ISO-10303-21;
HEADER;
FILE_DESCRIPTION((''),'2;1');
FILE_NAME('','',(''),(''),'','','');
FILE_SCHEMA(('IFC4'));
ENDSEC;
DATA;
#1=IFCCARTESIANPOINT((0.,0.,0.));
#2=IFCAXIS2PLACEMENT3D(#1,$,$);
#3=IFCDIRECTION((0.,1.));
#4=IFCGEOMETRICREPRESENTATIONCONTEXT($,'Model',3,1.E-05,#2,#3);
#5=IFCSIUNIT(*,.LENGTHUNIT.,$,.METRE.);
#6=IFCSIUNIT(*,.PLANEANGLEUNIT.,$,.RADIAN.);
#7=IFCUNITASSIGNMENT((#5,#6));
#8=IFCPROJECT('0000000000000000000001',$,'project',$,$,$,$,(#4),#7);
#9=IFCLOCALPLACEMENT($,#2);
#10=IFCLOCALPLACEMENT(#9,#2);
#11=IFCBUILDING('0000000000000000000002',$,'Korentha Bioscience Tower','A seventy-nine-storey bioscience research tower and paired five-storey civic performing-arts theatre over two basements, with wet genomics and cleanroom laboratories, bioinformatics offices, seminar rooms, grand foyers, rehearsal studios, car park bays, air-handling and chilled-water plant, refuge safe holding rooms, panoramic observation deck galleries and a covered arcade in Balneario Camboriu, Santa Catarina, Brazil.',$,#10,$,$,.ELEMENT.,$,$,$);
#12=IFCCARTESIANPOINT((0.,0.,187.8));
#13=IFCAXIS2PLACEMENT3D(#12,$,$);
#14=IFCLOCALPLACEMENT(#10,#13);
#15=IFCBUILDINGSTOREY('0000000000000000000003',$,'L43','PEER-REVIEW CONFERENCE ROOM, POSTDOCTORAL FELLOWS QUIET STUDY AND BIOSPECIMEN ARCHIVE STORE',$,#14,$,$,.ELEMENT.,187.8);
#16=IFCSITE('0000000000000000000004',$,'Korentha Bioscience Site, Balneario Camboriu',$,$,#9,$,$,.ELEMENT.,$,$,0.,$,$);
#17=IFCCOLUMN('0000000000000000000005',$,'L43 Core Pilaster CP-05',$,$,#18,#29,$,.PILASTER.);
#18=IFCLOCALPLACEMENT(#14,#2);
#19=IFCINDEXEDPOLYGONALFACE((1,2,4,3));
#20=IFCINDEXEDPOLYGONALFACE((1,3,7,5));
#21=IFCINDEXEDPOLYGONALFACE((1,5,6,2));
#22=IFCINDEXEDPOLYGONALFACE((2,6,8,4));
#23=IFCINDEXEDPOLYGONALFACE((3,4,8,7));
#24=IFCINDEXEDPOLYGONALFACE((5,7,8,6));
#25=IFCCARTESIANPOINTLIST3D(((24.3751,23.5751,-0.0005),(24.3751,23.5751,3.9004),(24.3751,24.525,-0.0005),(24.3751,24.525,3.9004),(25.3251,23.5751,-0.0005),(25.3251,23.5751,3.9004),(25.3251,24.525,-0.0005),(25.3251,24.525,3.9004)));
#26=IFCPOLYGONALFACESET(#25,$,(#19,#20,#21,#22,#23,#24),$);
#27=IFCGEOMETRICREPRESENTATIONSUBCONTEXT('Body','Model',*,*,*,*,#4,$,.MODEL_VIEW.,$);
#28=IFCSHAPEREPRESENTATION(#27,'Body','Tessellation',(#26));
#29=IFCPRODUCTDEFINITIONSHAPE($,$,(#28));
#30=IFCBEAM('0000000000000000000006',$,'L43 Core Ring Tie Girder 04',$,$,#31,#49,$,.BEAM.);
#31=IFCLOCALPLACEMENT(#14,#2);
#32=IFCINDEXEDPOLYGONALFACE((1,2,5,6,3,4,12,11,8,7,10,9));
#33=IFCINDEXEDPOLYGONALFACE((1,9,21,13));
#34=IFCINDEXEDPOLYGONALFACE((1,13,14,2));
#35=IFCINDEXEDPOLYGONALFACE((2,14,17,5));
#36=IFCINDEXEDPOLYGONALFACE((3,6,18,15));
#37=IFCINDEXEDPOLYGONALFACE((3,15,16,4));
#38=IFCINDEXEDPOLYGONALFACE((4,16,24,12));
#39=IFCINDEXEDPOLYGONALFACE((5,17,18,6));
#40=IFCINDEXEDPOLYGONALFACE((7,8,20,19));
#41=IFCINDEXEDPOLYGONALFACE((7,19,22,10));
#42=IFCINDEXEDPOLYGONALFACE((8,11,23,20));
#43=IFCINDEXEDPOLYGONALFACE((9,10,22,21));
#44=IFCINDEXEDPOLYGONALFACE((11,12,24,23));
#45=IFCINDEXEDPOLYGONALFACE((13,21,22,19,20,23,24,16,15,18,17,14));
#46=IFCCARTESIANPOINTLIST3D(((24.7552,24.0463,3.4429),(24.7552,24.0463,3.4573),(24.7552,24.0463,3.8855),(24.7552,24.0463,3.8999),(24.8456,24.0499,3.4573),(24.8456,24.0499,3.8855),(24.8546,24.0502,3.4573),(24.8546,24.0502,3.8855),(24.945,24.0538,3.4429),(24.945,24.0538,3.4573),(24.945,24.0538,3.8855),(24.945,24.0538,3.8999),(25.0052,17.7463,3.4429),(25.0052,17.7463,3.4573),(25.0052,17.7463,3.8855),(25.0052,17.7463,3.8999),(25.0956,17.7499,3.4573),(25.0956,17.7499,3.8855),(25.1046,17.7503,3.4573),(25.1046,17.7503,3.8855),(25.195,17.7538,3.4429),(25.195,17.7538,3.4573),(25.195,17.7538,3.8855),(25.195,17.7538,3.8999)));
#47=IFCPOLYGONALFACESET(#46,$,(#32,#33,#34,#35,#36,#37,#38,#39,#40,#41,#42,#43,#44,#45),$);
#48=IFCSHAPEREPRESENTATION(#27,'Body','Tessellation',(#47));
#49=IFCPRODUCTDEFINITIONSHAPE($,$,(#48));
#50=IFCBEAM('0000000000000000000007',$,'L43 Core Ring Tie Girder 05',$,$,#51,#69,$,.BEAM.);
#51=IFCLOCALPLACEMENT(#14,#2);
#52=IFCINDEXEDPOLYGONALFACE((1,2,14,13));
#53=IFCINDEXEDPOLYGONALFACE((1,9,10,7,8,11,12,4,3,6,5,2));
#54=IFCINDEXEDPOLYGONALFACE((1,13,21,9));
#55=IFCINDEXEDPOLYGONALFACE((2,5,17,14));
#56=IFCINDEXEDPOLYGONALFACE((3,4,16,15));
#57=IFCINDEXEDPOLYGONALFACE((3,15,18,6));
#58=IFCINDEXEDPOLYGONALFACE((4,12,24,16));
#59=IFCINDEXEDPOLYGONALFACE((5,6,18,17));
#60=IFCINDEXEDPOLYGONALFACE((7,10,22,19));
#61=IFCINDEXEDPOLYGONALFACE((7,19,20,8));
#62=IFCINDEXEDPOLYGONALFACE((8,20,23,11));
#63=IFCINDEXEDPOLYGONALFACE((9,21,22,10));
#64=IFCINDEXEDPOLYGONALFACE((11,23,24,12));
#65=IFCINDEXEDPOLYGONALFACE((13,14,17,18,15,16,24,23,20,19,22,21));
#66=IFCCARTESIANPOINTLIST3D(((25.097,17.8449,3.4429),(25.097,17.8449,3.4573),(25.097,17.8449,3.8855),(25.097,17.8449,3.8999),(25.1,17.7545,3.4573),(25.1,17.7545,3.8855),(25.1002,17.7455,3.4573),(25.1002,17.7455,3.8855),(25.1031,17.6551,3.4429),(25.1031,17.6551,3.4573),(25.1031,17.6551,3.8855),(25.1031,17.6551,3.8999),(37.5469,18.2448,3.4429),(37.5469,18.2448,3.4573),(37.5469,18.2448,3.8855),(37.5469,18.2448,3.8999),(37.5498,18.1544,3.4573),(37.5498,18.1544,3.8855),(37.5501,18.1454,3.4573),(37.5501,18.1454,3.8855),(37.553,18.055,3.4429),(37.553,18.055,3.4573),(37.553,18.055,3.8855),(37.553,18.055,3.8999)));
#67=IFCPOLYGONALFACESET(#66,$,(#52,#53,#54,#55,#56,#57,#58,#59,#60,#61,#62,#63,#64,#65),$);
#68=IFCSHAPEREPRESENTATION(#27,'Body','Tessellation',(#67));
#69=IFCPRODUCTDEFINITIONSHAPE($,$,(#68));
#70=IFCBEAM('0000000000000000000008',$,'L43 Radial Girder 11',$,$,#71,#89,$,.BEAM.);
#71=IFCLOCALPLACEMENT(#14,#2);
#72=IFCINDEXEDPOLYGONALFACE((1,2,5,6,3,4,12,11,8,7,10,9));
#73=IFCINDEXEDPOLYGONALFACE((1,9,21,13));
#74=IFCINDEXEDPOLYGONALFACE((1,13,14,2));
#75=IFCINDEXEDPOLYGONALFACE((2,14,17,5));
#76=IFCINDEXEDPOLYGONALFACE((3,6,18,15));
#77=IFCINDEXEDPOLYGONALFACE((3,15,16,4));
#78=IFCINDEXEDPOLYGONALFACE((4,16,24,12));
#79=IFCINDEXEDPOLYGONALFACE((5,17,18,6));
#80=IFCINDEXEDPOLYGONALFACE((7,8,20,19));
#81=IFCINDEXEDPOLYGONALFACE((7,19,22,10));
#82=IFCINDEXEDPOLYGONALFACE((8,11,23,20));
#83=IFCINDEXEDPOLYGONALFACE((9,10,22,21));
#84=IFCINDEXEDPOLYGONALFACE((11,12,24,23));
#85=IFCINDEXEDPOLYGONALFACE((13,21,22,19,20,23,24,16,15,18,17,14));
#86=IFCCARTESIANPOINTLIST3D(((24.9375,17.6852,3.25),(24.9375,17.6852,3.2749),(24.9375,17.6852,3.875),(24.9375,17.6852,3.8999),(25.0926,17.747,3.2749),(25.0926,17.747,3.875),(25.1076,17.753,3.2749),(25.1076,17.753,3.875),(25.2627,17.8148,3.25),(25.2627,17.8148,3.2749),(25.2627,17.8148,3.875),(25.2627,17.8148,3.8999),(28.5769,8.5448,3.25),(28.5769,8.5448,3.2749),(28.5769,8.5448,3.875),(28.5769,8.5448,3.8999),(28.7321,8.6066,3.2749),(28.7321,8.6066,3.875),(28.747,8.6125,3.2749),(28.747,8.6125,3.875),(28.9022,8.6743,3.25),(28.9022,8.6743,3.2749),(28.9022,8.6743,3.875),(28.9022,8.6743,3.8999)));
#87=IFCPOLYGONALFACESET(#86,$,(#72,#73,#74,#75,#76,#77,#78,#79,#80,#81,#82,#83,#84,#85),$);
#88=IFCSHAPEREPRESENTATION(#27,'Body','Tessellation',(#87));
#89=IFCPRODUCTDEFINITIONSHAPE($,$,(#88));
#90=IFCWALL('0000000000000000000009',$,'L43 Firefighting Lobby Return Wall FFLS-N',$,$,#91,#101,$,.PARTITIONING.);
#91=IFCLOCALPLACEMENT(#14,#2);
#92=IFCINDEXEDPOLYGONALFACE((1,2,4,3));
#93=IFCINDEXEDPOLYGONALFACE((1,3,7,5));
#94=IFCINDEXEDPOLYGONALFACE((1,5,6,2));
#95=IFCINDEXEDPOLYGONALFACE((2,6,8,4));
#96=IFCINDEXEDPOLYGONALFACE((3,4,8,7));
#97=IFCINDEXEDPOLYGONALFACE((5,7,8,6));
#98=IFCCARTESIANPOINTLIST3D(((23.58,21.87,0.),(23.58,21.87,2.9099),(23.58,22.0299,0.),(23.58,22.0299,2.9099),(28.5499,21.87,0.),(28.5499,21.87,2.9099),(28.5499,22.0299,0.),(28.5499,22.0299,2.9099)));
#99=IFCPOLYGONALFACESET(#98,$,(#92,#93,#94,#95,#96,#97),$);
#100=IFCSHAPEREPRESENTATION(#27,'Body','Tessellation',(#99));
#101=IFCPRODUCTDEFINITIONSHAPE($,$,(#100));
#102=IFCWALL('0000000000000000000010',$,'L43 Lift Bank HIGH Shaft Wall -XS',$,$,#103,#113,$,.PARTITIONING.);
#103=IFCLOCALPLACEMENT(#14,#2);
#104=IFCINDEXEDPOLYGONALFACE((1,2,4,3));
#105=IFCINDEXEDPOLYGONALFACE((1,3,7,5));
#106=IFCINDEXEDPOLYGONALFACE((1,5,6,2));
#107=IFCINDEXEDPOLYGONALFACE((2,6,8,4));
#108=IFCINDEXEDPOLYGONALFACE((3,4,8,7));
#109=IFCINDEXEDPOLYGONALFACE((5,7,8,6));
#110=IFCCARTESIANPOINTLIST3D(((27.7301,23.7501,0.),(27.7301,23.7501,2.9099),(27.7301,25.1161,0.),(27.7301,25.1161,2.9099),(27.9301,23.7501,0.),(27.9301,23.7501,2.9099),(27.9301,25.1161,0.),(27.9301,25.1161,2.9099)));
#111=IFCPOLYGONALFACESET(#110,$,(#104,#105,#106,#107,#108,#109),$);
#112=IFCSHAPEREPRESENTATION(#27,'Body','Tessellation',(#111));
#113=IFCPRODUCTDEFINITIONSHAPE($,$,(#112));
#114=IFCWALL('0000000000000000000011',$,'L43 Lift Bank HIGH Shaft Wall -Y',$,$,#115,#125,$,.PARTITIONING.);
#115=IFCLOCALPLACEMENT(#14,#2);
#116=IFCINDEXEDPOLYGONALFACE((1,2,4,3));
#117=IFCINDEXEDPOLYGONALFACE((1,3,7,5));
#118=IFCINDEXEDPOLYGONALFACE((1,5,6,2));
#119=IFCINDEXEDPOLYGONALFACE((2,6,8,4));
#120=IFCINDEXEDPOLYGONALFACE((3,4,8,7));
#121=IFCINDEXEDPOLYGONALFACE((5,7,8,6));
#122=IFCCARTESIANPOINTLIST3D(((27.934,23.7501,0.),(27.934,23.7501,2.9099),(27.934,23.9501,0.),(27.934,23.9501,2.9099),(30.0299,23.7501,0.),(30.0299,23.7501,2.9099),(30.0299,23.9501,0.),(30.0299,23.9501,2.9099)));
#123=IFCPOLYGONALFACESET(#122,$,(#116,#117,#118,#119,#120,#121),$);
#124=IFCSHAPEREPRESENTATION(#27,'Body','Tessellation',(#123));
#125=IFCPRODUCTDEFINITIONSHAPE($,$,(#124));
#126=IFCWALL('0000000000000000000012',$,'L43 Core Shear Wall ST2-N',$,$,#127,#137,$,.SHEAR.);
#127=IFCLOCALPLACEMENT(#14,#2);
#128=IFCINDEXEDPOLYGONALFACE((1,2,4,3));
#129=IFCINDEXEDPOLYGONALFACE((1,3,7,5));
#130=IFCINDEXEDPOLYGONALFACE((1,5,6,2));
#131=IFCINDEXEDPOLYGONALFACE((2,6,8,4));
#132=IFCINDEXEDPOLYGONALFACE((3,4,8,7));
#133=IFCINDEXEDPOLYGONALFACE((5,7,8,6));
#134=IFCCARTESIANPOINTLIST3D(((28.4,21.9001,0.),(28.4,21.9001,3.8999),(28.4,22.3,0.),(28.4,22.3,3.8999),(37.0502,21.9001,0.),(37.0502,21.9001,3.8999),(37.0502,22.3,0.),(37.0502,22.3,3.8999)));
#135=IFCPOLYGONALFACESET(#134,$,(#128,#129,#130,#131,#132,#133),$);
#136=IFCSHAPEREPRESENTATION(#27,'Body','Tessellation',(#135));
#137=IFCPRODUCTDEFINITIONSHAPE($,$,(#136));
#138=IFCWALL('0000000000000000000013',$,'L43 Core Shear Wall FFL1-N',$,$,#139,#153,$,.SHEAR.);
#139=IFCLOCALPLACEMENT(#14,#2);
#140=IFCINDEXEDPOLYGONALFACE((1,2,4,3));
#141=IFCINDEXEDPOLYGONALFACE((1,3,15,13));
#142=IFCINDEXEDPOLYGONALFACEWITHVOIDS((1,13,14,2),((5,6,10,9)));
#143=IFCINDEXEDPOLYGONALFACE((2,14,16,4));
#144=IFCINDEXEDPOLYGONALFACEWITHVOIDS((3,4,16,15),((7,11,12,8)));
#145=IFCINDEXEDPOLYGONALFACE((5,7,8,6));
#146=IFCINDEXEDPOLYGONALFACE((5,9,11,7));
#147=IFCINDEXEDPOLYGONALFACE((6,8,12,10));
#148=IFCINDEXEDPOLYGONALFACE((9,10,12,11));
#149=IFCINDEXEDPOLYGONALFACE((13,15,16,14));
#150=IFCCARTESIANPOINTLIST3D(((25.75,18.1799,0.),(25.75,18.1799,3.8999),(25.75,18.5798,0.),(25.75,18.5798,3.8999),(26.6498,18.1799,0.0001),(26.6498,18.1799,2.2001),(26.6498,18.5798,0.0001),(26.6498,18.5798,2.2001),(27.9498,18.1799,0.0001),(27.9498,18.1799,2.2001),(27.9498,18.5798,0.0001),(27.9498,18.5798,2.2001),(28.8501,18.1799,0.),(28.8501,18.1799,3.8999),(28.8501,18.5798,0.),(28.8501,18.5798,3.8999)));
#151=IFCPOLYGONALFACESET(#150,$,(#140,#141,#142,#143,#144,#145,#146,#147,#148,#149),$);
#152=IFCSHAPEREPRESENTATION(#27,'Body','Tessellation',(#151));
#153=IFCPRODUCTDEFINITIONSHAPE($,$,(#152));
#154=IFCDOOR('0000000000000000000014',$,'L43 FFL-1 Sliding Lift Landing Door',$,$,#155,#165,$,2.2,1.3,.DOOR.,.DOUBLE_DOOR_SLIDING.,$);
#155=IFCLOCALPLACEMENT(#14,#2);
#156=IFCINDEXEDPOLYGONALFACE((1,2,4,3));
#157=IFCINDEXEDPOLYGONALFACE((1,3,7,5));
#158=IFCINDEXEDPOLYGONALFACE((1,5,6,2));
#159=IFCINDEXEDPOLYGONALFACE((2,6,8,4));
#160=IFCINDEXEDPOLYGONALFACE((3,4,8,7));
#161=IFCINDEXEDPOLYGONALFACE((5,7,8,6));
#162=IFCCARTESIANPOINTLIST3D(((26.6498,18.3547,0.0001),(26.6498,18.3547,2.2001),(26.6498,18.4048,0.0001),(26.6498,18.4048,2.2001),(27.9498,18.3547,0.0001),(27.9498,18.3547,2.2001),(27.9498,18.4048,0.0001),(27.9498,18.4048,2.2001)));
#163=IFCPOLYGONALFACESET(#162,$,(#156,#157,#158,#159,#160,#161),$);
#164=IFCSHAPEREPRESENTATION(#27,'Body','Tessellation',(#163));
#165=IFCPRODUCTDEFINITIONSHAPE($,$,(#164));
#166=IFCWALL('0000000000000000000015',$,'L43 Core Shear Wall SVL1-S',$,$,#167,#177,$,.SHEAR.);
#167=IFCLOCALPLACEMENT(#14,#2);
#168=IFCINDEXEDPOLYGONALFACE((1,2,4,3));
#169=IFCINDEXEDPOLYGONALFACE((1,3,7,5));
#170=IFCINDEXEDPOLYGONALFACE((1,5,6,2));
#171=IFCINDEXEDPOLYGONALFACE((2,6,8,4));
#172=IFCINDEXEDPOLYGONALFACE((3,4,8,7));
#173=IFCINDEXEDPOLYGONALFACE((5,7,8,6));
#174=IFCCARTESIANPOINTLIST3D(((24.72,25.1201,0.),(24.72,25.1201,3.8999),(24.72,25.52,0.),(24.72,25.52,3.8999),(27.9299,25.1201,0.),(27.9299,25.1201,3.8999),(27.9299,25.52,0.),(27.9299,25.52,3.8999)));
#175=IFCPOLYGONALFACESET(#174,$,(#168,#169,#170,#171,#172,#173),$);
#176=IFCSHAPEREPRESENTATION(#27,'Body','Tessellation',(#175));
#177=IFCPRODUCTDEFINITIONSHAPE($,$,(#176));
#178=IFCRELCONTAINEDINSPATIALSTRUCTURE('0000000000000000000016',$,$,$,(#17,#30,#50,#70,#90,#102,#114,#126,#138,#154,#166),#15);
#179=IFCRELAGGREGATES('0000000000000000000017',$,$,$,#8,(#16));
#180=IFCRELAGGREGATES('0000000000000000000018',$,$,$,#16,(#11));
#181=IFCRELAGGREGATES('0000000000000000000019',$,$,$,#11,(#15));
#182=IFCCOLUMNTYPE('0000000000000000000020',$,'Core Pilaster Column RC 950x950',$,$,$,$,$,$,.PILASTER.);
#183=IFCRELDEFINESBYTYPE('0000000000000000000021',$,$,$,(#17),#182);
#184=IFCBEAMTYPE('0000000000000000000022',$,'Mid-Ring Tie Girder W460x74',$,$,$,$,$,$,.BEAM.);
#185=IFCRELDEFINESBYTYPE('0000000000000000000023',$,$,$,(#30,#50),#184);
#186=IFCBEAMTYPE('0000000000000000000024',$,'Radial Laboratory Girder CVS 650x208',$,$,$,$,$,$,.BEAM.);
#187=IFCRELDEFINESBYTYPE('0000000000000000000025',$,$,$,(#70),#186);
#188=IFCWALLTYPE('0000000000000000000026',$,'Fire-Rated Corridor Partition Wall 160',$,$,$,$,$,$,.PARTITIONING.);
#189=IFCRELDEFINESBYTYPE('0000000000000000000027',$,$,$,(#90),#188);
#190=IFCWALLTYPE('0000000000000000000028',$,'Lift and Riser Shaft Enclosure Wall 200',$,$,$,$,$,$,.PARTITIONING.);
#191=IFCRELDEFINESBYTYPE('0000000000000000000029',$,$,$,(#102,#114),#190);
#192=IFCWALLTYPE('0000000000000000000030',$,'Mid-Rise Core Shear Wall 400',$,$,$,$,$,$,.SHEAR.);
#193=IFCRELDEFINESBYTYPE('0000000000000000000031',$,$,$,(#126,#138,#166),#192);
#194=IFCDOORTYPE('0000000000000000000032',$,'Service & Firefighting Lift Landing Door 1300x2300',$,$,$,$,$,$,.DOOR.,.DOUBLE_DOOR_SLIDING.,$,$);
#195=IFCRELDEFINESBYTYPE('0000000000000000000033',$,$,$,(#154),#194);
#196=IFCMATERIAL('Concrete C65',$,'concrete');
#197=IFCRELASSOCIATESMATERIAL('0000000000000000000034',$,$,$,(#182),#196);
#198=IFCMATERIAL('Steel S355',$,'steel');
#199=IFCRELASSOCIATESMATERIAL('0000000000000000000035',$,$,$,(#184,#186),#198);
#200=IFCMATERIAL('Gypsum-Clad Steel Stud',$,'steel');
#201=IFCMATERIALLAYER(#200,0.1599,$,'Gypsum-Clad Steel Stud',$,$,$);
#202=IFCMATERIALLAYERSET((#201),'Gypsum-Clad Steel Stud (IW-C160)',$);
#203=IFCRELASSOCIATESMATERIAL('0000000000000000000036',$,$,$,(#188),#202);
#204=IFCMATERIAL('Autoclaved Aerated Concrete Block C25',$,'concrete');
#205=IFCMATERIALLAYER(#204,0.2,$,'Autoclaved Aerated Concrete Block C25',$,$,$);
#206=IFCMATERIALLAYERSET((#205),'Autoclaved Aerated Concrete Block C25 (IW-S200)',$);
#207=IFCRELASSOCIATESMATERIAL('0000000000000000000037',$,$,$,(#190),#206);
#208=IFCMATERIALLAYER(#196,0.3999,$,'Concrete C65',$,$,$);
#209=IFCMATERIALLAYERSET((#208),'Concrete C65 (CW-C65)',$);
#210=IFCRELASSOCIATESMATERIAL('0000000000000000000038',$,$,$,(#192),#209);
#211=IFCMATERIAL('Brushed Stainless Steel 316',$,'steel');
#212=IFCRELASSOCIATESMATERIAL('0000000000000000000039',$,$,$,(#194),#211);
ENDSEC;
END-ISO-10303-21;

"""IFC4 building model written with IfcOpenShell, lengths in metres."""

from ifc_helpers import new_model, si_unit, direction, frame, frame_2d, origin, origin_2d, place, context, subcontext, project, spatial, rectangle, i_section, extrude, material, layer, layer_set, material_profile, profile_set, type_object, element, fill, save


model = new_model("IFC4")

# Units and contexts
model_context = context("Model", 3, precision=1e-05, world=origin(), true_north=direction((0.0, 1.0)))
body_context = subcontext(model_context, "Body", "Model", "MODEL_VIEW")
ifc_project = project(units=[si_unit("LENGTHUNIT", "METRE"), si_unit("PLANEANGLEUNIT", "RADIAN")], contexts=[model_context])

# Site, building, storey
site_placement = place(None, origin())
site = spatial("IfcSite", under=ifc_project, at=site_placement, Name="Korentha Bioscience Site, Balneario Camboriu", CompositionType="ELEMENT", RefElevation=0.0)
building_placement = place(site_placement, origin())
building = spatial("IfcBuilding", under=site, at=building_placement, Name="Korentha Bioscience Tower", Description="A seventy-nine-storey bioscience research tower and paired five-storey civic performing-arts theatre over two basements, with wet genomics and cleanroom laboratories, bioinformatics offices, seminar rooms, grand foyers, rehearsal studios, car park bays, air-handling and chilled-water plant, refuge safe holding rooms, panoramic observation deck galleries and a covered arcade in Balneario Camboriu, Santa Catarina, Brazil.", CompositionType="ELEMENT")
storey_placement = place(building_placement, frame((0.0, 0.0, 187.8)))
storey = spatial("IfcBuildingStorey", under=building, at=storey_placement, Name="L43", Description="PEER-REVIEW CONFERENCE ROOM, POSTDOCTORAL FELLOWS QUIET STUDY AND BIOSPECIMEN ARCHIVE STORE", CompositionType="ELEMENT", Elevation=187.8)

# Column
ifc_material_1 = material(Name="Concrete C65", Category="concrete")
ifc_material_profile_1 = material_profile(ifc_material_1, rectangle(XDim=0.95, YDim=0.95, at=origin_2d()), Name="Concrete C65")
ifc_profile_set_1 = profile_set([ifc_material_profile_1], Name="Concrete C65 (COL-CP09)")
column_type = type_object("IfcColumnType", Name="Core Pilaster Column RC 950x950", PredefinedType="PILASTER", material=ifc_profile_set_1)
column_placement = place(storey_placement, frame((24.8501, 24.05, -0.0005), z_axis=(0.0, 0.0, 1.0), x_axis=(1.0, 0.0, 0.0)))
element("IfcColumn", 1, at=column_placement, inside=storey, type_object=column_type, Name="L43 Core Pilaster CP-05", PredefinedType="PILASTER", context=body_context, shape_type="SweptSolid", body=[
    extrude(rectangle(XDim=0.95, YDim=0.95, at=origin_2d()), origin(), (0.0, 0.0, 1.0), 3.9009),
])

# Beams
ifc_material_2 = material(Name="Steel S355", Category="steel")
ifc_material_profile_2 = material_profile(ifc_material_2, i_section(OverallWidth=0.1899, OverallDepth=0.457, WebThickness=0.009, FlangeThickness=0.0144, at=origin_2d()), Name="Steel S355")
ifc_profile_set_2 = profile_set([ifc_material_profile_2], Name="Steel S355 (MB-460)")
beam_type_1 = type_object("IfcBeamType", Name="Mid-Ring Tie Girder W460x74", PredefinedType="BEAM", material=ifc_profile_set_2)
beam_1_placement = place(storey_placement, frame((24.8501, 24.05, 3.6714), z_axis=(0.039651, -0.999214, 0.0), x_axis=(0.999214, 0.039651, 0.0)))
element("IfcBeam", 2, at=beam_1_placement, inside=storey, type_object=beam_type_1, Name="L43 Core Ring Tie Girder 04", PredefinedType="BEAM", context=body_context, shape_type="SweptSolid", body=[
    extrude(i_section(OverallWidth=0.1899, OverallDepth=0.457, WebThickness=0.009, FlangeThickness=0.0144, at=origin_2d()), origin(), (0.0, 0.0, 1.0), 6.3049),
])
beam_2_placement = place(storey_placement, frame((25.1001, 17.75, 3.6714), z_axis=(0.999485, 0.032104, 0.0), x_axis=(-0.032104, 0.999485, 0.0)))
element("IfcBeam", 3, at=beam_2_placement, inside=storey, type_object=beam_type_1, Name="L43 Core Ring Tie Girder 05", PredefinedType="BEAM", context=body_context, shape_type="SweptSolid", body=[
    extrude(i_section(OverallWidth=0.1899, OverallDepth=0.457, WebThickness=0.009, FlangeThickness=0.0144, at=origin_2d()), origin(), (0.0, 0.0, 1.0), 12.4563),
])
ifc_material_profile_3 = material_profile(ifc_material_2, i_section(OverallWidth=0.3501, OverallDepth=0.6499, WebThickness=0.0161, FlangeThickness=0.0249, at=origin_2d()), Name="Steel S355")
ifc_profile_set_3 = profile_set([ifc_material_profile_3], Name="Steel S355 (RB-650)")
beam_type_2 = type_object("IfcBeamType", Name="Radial Laboratory Girder CVS 650x208", PredefinedType="BEAM", material=ifc_profile_set_3)
beam_3_placement = place(storey_placement, frame((25.1001, 17.75, 3.575), z_axis=(0.369923, -0.929063, 0.0), x_axis=(0.929063, 0.369923, 0.0)))
element("IfcBeam", 4, at=beam_3_placement, inside=storey, type_object=beam_type_2, Name="L43 Radial Girder 11", PredefinedType="BEAM", context=body_context, shape_type="SweptSolid", body=[
    extrude(i_section(OverallWidth=0.3501, OverallDepth=0.6499, WebThickness=0.0161, FlangeThickness=0.0249, at=origin_2d()), origin(), (0.0, 0.0, 1.0), 9.8384),
])

# Walls
ifc_material_3 = material(Name="Gypsum-Clad Steel Stud", Category="steel")
ifc_layer_1 = layer(ifc_material_3, 0.1599, Name="Gypsum-Clad Steel Stud")
ifc_layer_set_1 = layer_set([ifc_layer_1], Name="Gypsum-Clad Steel Stud (IW-C160)")
wall_type_1 = type_object("IfcWallType", Name="Fire-Rated Corridor Partition Wall 160", PredefinedType="PARTITIONING", material=ifc_layer_set_1)
wall_1_placement = place(storey_placement, frame((23.5801, 21.95, 0.0), z_axis=(0.0, 0.0, 1.0), x_axis=(1.0, 0.0, 0.0)))
element("IfcWall", 5, at=wall_1_placement, inside=storey, type_object=wall_type_1, Name="L43 Firefighting Lobby Return Wall FFLS-N", PredefinedType="PARTITIONING", context=body_context, shape_type="SweptSolid", body=[
    extrude(rectangle(XDim=4.97, YDim=0.1599, at=frame_2d((2.4849, 0.0))), origin(), (0.0, 0.0, 1.0), 2.9099),
])
ifc_material_4 = material(Name="Autoclaved Aerated Concrete Block C25", Category="concrete")
ifc_layer_2 = layer(ifc_material_4, 0.2, Name="Autoclaved Aerated Concrete Block C25")
ifc_layer_set_2 = layer_set([ifc_layer_2], Name="Autoclaved Aerated Concrete Block C25 (IW-S200)")
wall_type_2 = type_object("IfcWallType", Name="Lift and Riser Shaft Enclosure Wall 200", PredefinedType="PARTITIONING", material=ifc_layer_set_2)
wall_2_placement = place(storey_placement, frame((27.8301, 23.75, 0.0), z_axis=(0.0, 0.0, 1.0), x_axis=(0.0, 1.0, 0.0)))
element("IfcWall", 6, at=wall_2_placement, inside=storey, type_object=wall_type_2, Name="L43 Lift Bank HIGH Shaft Wall -XS", PredefinedType="PARTITIONING", context=body_context, shape_type="SweptSolid", body=[
    extrude(rectangle(XDim=1.366, YDim=0.2, at=frame_2d((0.6831, 0.0))), origin(), (0.0, 0.0, 1.0), 2.9099),
])
wall_3_placement = place(storey_placement, frame((27.9341, 23.8501, 0.0), z_axis=(0.0, 0.0, 1.0), x_axis=(1.0, 0.0, 0.0)))
element("IfcWall", 7, at=wall_3_placement, inside=storey, type_object=wall_type_2, Name="L43 Lift Bank HIGH Shaft Wall -Y", PredefinedType="PARTITIONING", context=body_context, shape_type="SweptSolid", body=[
    extrude(rectangle(XDim=2.0959, YDim=0.2, at=frame_2d((1.0479, 0.0))), origin(), (0.0, 0.0, 1.0), 2.9099),
])
ifc_layer_3 = layer(ifc_material_1, 0.3999, Name="Concrete C65")
ifc_layer_set_3 = layer_set([ifc_layer_3], Name="Concrete C65 (CW-C65)")
wall_type_3 = type_object("IfcWallType", Name="Mid-Rise Core Shear Wall 400", PredefinedType="SHEAR", material=ifc_layer_set_3)
wall_4_placement = place(storey_placement, frame((28.3999, 22.1001, 0.0), z_axis=(0.0, 0.0, 1.0), x_axis=(1.0, 0.0, 0.0)))
element("IfcWall", 8, at=wall_4_placement, inside=storey, type_object=wall_type_3, Name="L43 Core Shear Wall ST2-N", PredefinedType="SHEAR", context=body_context, shape_type="SweptSolid", body=[
    extrude(rectangle(XDim=8.6501, YDim=0.3999, at=frame_2d((4.3252, 0.0))), origin(), (0.0, 0.0, 1.0), 3.8999),
])

# Wall, opening, door
wall_5_placement = place(storey_placement, frame((25.75, 18.3799, 0.0), z_axis=(0.0, 0.0, 1.0), x_axis=(1.0, 0.0, 0.0)))
wall_5 = element("IfcWall", 9, at=wall_5_placement, inside=storey, type_object=wall_type_3, Name="L43 Core Shear Wall FFL1-N", PredefinedType="SHEAR", context=body_context, shape_type="SweptSolid", body=[
    extrude(rectangle(XDim=3.1001, YDim=0.3999, at=frame_2d((1.55, 0.0))), origin(), (0.0, 0.0, 1.0), 3.8999),
])
opening_1_placement = place(wall_5_placement, frame((0.8999, 0.0, 0.0)))
opening_1 = element("IfcOpeningElement", 10, at=opening_1_placement, cuts=wall_5, PredefinedType="OPENING", context=body_context, shape_type="SweptSolid", body=[
    extrude(rectangle(XDim=1.3, YDim=2.2, at=frame_2d((0.6499, 1.1001))), frame((0.0, 0.2148, 0.0), z_axis=(0.0, -1.0, 0.0), x_axis=(1.0, 0.0, 0.0)), (0.0, 0.0, 1.0), 0.4297),
])
ifc_material_5 = material(Name="Brushed Stainless Steel 316", Category="steel")
door_type_1 = type_object("IfcDoorType", Name="Service & Firefighting Lift Landing Door 1300x2300", OperationType="DOUBLE_DOOR_SLIDING", PredefinedType="DOOR", material=ifc_material_5)
door_1_placement = place(opening_1_placement, origin())
door_1 = element("IfcDoor", 11, at=door_1_placement, inside=storey, type_object=door_type_1, Name="L43 FFL-1 Sliding Lift Landing Door", OperationType="DOUBLE_DOOR_SLIDING", OverallHeight=2.2, OverallWidth=1.3, PredefinedType="DOOR", context=body_context, shape_type="SweptSolid", body=[
    extrude(rectangle(XDim=1.3, YDim=2.2, at=frame_2d((0.6499, 1.1001))), frame((0.0, 0.0249, 0.0), z_axis=(0.0, -1.0, 0.0), x_axis=(1.0, 0.0, 0.0)), (0.0, 0.0, 1.0), 0.05),
])
fill(opening_1, door_1)

# Wall
wall_6_placement = place(storey_placement, frame((24.72, 25.3201, 0.0), z_axis=(0.0, 0.0, 1.0), x_axis=(1.0, 0.0, 0.0)))
element("IfcWall", 12, at=wall_6_placement, inside=storey, type_object=wall_type_3, Name="L43 Core Shear Wall SVL1-S", PredefinedType="SHEAR", context=body_context, shape_type="SweptSolid", body=[
    extrude(rectangle(XDim=3.21, YDim=0.3999, at=frame_2d((1.605, 0.0))), origin(), (0.0, 0.0, 1.0), 3.8999),
])

save(model, "model.ifc")
